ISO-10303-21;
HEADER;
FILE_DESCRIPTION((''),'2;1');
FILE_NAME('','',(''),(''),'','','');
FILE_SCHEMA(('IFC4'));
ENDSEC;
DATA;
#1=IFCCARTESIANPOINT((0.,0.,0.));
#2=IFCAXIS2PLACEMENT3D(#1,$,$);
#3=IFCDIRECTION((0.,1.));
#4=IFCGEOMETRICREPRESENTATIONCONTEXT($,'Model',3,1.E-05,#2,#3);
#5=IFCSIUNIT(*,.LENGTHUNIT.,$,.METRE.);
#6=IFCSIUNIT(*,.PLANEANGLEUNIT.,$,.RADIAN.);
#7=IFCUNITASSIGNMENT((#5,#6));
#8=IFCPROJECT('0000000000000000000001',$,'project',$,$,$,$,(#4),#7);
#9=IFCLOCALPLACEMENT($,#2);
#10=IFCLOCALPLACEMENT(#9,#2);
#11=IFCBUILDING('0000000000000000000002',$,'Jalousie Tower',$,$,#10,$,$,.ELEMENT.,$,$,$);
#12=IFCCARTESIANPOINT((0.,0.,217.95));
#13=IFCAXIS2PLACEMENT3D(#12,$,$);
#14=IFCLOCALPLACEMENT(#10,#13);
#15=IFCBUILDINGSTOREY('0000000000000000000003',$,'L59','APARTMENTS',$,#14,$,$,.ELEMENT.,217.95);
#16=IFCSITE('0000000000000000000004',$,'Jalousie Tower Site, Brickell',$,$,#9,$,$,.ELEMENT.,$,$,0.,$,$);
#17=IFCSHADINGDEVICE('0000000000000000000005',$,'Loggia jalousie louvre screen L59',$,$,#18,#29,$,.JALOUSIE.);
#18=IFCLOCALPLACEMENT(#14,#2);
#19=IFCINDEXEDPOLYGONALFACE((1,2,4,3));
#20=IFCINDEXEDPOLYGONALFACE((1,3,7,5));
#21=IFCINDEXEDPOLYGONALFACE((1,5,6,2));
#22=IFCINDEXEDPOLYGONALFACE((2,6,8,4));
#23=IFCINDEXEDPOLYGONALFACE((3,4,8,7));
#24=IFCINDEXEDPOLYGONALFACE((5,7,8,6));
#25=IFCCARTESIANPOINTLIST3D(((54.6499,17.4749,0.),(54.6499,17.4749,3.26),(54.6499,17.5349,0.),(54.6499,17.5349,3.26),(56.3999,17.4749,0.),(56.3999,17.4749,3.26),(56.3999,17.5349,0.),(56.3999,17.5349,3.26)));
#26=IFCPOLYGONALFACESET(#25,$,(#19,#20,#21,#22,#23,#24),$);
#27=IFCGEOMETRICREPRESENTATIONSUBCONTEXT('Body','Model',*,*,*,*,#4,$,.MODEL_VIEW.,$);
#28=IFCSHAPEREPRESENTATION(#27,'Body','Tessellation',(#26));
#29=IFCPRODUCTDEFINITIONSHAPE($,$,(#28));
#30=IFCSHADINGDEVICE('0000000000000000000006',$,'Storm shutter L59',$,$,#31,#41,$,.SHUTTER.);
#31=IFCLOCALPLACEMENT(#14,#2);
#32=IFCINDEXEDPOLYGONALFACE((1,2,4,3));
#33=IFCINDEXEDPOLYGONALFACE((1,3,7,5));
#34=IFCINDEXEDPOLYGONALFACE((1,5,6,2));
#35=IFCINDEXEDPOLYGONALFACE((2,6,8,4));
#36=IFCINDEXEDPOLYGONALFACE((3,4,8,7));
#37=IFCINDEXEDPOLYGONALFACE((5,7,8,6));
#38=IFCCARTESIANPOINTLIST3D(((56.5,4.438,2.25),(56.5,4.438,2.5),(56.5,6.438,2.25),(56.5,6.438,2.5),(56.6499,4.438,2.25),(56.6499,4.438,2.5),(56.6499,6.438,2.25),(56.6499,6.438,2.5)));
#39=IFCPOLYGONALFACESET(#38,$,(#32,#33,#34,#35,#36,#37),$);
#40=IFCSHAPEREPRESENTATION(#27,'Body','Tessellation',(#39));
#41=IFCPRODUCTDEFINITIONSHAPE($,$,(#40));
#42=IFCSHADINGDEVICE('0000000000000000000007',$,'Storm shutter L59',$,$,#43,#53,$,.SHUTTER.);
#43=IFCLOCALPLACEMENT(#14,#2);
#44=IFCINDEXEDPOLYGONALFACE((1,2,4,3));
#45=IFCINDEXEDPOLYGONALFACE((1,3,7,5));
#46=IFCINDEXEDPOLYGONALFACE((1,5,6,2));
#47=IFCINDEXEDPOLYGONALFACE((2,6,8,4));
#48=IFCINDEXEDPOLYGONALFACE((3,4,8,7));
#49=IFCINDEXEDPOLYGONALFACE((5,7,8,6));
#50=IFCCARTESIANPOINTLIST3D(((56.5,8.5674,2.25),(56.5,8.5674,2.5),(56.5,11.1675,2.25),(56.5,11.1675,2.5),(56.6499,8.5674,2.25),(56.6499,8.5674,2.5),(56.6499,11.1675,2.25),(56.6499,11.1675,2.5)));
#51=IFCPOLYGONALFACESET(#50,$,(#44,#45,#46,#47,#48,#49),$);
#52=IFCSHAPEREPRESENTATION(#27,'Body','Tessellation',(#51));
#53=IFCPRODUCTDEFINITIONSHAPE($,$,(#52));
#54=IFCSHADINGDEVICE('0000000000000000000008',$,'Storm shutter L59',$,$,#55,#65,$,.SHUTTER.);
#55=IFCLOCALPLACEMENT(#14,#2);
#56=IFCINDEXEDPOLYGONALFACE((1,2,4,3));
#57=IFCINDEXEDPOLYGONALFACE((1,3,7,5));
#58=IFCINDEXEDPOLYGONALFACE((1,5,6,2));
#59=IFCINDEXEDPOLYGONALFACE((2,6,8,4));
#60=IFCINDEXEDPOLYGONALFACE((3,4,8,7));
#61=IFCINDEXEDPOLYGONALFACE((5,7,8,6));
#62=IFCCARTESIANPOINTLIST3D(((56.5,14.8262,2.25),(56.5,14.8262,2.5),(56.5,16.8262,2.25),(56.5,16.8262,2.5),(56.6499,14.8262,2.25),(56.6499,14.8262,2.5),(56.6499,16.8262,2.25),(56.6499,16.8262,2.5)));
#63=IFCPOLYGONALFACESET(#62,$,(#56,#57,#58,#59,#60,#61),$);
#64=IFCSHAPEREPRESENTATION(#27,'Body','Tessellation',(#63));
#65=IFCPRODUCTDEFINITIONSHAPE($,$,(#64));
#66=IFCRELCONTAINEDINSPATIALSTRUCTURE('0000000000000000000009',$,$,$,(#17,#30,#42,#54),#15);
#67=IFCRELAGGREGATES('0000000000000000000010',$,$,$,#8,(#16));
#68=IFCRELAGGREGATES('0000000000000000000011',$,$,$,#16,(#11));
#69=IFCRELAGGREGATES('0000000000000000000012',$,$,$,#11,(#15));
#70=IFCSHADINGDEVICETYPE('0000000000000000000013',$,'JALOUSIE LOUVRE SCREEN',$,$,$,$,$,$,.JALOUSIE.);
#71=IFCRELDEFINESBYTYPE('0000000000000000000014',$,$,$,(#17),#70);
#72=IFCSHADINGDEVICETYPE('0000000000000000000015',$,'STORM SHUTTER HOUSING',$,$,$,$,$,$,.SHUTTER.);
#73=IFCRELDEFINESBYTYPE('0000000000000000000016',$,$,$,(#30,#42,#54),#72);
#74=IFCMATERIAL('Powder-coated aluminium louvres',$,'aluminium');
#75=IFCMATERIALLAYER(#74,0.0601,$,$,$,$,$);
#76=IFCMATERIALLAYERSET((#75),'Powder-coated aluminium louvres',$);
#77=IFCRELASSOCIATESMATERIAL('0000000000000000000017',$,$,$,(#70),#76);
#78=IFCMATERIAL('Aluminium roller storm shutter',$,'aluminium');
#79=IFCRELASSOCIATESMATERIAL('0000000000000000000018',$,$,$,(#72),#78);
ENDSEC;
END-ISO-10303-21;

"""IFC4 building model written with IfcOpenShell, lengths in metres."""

from ifc_helpers import new_model, si_unit, direction, frame, origin, origin_2d, place, context, subcontext, project, spatial, rectangle, extrude, material, layer, layer_set, type_object, element, save


model = new_model("IFC4")

# Units and contexts
model_context = context("Model", 3, precision=1e-05, world=origin(), true_north=direction((0.0, 1.0)))
body_context = subcontext(model_context, "Body", "Model", "MODEL_VIEW")
ifc_project = project(units=[si_unit("LENGTHUNIT", "METRE"), si_unit("PLANEANGLEUNIT", "RADIAN")], contexts=[model_context])

# Site, building, storey
site_placement = place(None, origin())
site = spatial("IfcSite", under=ifc_project, at=site_placement, Name="Jalousie Tower Site, Brickell", CompositionType="ELEMENT", RefElevation=0.0)
building_placement = place(site_placement, origin())
building = spatial("IfcBuilding", under=site, at=building_placement, Name="Jalousie Tower", CompositionType="ELEMENT")
storey_placement = place(building_placement, frame((0.0, 0.0, 217.95)))
storey = spatial("IfcBuildingStorey", under=building, at=storey_placement, Name="L59", Description="APARTMENTS", CompositionType="ELEMENT", Elevation=217.95)

# Shading devices
ifc_material_1 = material(Name="Powder-coated aluminium louvres", Category="aluminium")
ifc_layer_1 = layer(ifc_material_1, 0.0601)
ifc_layer_set_1 = layer_set([ifc_layer_1], Name="Powder-coated aluminium louvres")
shading_device_type_1 = type_object("IfcShadingDeviceType", Name="JALOUSIE LOUVRE SCREEN", PredefinedType="JALOUSIE", material=ifc_layer_set_1)
shading_device_1_placement = place(storey_placement, frame((55.5249, 17.5049, 0.0), z_axis=(0.0, 0.0, 1.0), x_axis=(0.0, 1.0, 0.0)))
element("IfcShadingDevice", 1, at=shading_device_1_placement, inside=storey, type_object=shading_device_type_1, Name="Loggia jalousie louvre screen L59", PredefinedType="JALOUSIE", context=body_context, shape_type="SweptSolid", body=[
    extrude(rectangle(XDim=0.0601, YDim=1.75, at=origin_2d()), origin(), (0.0, 0.0, 1.0), 3.26),
])
ifc_material_2 = material(Name="Aluminium roller storm shutter", Category="aluminium")
shading_device_type_2 = type_object("IfcShadingDeviceType", Name="STORM SHUTTER HOUSING", PredefinedType="SHUTTER", material=ifc_material_2)
shading_device_2_placement = place(storey_placement, frame((56.575, 5.438, 2.25), z_axis=(0.0, 0.0, 1.0), x_axis=(0.0, 1.0, 0.0)))
element("IfcShadingDevice", 2, at=shading_device_2_placement, inside=storey, type_object=shading_device_type_2, Name="Storm shutter L59", PredefinedType="SHUTTER", context=body_context, shape_type="SweptSolid", body=[
    extrude(rectangle(XDim=2.0, YDim=0.1499, at=origin_2d()), origin(), (0.0, 0.0, 1.0), 0.25),
])
shading_device_3_placement = place(storey_placement, frame((56.575, 9.8674, 2.25), z_axis=(0.0, 0.0, 1.0), x_axis=(0.0, 1.0, 0.0)))
element("IfcShadingDevice", 3, at=shading_device_3_placement, inside=storey, type_object=shading_device_type_2, Name="Storm shutter L59", PredefinedType="SHUTTER", context=body_context, shape_type="SweptSolid", body=[
    extrude(rectangle(XDim=2.6001, YDim=0.1499, at=origin_2d()), origin(), (0.0, 0.0, 1.0), 0.25),
])
shading_device_4_placement = place(storey_placement, frame((56.575, 15.8262, 2.25), z_axis=(0.0, 0.0, 1.0), x_axis=(0.0, 1.0, 0.0)))
element("IfcShadingDevice", 4, at=shading_device_4_placement, inside=storey, type_object=shading_device_type_2, Name="Storm shutter L59", PredefinedType="SHUTTER", context=body_context, shape_type="SweptSolid", body=[
    extrude(rectangle(XDim=2.0, YDim=0.1499, at=origin_2d()), origin(), (0.0, 0.0, 1.0), 0.25),
])

save(model, "model.ifc")
